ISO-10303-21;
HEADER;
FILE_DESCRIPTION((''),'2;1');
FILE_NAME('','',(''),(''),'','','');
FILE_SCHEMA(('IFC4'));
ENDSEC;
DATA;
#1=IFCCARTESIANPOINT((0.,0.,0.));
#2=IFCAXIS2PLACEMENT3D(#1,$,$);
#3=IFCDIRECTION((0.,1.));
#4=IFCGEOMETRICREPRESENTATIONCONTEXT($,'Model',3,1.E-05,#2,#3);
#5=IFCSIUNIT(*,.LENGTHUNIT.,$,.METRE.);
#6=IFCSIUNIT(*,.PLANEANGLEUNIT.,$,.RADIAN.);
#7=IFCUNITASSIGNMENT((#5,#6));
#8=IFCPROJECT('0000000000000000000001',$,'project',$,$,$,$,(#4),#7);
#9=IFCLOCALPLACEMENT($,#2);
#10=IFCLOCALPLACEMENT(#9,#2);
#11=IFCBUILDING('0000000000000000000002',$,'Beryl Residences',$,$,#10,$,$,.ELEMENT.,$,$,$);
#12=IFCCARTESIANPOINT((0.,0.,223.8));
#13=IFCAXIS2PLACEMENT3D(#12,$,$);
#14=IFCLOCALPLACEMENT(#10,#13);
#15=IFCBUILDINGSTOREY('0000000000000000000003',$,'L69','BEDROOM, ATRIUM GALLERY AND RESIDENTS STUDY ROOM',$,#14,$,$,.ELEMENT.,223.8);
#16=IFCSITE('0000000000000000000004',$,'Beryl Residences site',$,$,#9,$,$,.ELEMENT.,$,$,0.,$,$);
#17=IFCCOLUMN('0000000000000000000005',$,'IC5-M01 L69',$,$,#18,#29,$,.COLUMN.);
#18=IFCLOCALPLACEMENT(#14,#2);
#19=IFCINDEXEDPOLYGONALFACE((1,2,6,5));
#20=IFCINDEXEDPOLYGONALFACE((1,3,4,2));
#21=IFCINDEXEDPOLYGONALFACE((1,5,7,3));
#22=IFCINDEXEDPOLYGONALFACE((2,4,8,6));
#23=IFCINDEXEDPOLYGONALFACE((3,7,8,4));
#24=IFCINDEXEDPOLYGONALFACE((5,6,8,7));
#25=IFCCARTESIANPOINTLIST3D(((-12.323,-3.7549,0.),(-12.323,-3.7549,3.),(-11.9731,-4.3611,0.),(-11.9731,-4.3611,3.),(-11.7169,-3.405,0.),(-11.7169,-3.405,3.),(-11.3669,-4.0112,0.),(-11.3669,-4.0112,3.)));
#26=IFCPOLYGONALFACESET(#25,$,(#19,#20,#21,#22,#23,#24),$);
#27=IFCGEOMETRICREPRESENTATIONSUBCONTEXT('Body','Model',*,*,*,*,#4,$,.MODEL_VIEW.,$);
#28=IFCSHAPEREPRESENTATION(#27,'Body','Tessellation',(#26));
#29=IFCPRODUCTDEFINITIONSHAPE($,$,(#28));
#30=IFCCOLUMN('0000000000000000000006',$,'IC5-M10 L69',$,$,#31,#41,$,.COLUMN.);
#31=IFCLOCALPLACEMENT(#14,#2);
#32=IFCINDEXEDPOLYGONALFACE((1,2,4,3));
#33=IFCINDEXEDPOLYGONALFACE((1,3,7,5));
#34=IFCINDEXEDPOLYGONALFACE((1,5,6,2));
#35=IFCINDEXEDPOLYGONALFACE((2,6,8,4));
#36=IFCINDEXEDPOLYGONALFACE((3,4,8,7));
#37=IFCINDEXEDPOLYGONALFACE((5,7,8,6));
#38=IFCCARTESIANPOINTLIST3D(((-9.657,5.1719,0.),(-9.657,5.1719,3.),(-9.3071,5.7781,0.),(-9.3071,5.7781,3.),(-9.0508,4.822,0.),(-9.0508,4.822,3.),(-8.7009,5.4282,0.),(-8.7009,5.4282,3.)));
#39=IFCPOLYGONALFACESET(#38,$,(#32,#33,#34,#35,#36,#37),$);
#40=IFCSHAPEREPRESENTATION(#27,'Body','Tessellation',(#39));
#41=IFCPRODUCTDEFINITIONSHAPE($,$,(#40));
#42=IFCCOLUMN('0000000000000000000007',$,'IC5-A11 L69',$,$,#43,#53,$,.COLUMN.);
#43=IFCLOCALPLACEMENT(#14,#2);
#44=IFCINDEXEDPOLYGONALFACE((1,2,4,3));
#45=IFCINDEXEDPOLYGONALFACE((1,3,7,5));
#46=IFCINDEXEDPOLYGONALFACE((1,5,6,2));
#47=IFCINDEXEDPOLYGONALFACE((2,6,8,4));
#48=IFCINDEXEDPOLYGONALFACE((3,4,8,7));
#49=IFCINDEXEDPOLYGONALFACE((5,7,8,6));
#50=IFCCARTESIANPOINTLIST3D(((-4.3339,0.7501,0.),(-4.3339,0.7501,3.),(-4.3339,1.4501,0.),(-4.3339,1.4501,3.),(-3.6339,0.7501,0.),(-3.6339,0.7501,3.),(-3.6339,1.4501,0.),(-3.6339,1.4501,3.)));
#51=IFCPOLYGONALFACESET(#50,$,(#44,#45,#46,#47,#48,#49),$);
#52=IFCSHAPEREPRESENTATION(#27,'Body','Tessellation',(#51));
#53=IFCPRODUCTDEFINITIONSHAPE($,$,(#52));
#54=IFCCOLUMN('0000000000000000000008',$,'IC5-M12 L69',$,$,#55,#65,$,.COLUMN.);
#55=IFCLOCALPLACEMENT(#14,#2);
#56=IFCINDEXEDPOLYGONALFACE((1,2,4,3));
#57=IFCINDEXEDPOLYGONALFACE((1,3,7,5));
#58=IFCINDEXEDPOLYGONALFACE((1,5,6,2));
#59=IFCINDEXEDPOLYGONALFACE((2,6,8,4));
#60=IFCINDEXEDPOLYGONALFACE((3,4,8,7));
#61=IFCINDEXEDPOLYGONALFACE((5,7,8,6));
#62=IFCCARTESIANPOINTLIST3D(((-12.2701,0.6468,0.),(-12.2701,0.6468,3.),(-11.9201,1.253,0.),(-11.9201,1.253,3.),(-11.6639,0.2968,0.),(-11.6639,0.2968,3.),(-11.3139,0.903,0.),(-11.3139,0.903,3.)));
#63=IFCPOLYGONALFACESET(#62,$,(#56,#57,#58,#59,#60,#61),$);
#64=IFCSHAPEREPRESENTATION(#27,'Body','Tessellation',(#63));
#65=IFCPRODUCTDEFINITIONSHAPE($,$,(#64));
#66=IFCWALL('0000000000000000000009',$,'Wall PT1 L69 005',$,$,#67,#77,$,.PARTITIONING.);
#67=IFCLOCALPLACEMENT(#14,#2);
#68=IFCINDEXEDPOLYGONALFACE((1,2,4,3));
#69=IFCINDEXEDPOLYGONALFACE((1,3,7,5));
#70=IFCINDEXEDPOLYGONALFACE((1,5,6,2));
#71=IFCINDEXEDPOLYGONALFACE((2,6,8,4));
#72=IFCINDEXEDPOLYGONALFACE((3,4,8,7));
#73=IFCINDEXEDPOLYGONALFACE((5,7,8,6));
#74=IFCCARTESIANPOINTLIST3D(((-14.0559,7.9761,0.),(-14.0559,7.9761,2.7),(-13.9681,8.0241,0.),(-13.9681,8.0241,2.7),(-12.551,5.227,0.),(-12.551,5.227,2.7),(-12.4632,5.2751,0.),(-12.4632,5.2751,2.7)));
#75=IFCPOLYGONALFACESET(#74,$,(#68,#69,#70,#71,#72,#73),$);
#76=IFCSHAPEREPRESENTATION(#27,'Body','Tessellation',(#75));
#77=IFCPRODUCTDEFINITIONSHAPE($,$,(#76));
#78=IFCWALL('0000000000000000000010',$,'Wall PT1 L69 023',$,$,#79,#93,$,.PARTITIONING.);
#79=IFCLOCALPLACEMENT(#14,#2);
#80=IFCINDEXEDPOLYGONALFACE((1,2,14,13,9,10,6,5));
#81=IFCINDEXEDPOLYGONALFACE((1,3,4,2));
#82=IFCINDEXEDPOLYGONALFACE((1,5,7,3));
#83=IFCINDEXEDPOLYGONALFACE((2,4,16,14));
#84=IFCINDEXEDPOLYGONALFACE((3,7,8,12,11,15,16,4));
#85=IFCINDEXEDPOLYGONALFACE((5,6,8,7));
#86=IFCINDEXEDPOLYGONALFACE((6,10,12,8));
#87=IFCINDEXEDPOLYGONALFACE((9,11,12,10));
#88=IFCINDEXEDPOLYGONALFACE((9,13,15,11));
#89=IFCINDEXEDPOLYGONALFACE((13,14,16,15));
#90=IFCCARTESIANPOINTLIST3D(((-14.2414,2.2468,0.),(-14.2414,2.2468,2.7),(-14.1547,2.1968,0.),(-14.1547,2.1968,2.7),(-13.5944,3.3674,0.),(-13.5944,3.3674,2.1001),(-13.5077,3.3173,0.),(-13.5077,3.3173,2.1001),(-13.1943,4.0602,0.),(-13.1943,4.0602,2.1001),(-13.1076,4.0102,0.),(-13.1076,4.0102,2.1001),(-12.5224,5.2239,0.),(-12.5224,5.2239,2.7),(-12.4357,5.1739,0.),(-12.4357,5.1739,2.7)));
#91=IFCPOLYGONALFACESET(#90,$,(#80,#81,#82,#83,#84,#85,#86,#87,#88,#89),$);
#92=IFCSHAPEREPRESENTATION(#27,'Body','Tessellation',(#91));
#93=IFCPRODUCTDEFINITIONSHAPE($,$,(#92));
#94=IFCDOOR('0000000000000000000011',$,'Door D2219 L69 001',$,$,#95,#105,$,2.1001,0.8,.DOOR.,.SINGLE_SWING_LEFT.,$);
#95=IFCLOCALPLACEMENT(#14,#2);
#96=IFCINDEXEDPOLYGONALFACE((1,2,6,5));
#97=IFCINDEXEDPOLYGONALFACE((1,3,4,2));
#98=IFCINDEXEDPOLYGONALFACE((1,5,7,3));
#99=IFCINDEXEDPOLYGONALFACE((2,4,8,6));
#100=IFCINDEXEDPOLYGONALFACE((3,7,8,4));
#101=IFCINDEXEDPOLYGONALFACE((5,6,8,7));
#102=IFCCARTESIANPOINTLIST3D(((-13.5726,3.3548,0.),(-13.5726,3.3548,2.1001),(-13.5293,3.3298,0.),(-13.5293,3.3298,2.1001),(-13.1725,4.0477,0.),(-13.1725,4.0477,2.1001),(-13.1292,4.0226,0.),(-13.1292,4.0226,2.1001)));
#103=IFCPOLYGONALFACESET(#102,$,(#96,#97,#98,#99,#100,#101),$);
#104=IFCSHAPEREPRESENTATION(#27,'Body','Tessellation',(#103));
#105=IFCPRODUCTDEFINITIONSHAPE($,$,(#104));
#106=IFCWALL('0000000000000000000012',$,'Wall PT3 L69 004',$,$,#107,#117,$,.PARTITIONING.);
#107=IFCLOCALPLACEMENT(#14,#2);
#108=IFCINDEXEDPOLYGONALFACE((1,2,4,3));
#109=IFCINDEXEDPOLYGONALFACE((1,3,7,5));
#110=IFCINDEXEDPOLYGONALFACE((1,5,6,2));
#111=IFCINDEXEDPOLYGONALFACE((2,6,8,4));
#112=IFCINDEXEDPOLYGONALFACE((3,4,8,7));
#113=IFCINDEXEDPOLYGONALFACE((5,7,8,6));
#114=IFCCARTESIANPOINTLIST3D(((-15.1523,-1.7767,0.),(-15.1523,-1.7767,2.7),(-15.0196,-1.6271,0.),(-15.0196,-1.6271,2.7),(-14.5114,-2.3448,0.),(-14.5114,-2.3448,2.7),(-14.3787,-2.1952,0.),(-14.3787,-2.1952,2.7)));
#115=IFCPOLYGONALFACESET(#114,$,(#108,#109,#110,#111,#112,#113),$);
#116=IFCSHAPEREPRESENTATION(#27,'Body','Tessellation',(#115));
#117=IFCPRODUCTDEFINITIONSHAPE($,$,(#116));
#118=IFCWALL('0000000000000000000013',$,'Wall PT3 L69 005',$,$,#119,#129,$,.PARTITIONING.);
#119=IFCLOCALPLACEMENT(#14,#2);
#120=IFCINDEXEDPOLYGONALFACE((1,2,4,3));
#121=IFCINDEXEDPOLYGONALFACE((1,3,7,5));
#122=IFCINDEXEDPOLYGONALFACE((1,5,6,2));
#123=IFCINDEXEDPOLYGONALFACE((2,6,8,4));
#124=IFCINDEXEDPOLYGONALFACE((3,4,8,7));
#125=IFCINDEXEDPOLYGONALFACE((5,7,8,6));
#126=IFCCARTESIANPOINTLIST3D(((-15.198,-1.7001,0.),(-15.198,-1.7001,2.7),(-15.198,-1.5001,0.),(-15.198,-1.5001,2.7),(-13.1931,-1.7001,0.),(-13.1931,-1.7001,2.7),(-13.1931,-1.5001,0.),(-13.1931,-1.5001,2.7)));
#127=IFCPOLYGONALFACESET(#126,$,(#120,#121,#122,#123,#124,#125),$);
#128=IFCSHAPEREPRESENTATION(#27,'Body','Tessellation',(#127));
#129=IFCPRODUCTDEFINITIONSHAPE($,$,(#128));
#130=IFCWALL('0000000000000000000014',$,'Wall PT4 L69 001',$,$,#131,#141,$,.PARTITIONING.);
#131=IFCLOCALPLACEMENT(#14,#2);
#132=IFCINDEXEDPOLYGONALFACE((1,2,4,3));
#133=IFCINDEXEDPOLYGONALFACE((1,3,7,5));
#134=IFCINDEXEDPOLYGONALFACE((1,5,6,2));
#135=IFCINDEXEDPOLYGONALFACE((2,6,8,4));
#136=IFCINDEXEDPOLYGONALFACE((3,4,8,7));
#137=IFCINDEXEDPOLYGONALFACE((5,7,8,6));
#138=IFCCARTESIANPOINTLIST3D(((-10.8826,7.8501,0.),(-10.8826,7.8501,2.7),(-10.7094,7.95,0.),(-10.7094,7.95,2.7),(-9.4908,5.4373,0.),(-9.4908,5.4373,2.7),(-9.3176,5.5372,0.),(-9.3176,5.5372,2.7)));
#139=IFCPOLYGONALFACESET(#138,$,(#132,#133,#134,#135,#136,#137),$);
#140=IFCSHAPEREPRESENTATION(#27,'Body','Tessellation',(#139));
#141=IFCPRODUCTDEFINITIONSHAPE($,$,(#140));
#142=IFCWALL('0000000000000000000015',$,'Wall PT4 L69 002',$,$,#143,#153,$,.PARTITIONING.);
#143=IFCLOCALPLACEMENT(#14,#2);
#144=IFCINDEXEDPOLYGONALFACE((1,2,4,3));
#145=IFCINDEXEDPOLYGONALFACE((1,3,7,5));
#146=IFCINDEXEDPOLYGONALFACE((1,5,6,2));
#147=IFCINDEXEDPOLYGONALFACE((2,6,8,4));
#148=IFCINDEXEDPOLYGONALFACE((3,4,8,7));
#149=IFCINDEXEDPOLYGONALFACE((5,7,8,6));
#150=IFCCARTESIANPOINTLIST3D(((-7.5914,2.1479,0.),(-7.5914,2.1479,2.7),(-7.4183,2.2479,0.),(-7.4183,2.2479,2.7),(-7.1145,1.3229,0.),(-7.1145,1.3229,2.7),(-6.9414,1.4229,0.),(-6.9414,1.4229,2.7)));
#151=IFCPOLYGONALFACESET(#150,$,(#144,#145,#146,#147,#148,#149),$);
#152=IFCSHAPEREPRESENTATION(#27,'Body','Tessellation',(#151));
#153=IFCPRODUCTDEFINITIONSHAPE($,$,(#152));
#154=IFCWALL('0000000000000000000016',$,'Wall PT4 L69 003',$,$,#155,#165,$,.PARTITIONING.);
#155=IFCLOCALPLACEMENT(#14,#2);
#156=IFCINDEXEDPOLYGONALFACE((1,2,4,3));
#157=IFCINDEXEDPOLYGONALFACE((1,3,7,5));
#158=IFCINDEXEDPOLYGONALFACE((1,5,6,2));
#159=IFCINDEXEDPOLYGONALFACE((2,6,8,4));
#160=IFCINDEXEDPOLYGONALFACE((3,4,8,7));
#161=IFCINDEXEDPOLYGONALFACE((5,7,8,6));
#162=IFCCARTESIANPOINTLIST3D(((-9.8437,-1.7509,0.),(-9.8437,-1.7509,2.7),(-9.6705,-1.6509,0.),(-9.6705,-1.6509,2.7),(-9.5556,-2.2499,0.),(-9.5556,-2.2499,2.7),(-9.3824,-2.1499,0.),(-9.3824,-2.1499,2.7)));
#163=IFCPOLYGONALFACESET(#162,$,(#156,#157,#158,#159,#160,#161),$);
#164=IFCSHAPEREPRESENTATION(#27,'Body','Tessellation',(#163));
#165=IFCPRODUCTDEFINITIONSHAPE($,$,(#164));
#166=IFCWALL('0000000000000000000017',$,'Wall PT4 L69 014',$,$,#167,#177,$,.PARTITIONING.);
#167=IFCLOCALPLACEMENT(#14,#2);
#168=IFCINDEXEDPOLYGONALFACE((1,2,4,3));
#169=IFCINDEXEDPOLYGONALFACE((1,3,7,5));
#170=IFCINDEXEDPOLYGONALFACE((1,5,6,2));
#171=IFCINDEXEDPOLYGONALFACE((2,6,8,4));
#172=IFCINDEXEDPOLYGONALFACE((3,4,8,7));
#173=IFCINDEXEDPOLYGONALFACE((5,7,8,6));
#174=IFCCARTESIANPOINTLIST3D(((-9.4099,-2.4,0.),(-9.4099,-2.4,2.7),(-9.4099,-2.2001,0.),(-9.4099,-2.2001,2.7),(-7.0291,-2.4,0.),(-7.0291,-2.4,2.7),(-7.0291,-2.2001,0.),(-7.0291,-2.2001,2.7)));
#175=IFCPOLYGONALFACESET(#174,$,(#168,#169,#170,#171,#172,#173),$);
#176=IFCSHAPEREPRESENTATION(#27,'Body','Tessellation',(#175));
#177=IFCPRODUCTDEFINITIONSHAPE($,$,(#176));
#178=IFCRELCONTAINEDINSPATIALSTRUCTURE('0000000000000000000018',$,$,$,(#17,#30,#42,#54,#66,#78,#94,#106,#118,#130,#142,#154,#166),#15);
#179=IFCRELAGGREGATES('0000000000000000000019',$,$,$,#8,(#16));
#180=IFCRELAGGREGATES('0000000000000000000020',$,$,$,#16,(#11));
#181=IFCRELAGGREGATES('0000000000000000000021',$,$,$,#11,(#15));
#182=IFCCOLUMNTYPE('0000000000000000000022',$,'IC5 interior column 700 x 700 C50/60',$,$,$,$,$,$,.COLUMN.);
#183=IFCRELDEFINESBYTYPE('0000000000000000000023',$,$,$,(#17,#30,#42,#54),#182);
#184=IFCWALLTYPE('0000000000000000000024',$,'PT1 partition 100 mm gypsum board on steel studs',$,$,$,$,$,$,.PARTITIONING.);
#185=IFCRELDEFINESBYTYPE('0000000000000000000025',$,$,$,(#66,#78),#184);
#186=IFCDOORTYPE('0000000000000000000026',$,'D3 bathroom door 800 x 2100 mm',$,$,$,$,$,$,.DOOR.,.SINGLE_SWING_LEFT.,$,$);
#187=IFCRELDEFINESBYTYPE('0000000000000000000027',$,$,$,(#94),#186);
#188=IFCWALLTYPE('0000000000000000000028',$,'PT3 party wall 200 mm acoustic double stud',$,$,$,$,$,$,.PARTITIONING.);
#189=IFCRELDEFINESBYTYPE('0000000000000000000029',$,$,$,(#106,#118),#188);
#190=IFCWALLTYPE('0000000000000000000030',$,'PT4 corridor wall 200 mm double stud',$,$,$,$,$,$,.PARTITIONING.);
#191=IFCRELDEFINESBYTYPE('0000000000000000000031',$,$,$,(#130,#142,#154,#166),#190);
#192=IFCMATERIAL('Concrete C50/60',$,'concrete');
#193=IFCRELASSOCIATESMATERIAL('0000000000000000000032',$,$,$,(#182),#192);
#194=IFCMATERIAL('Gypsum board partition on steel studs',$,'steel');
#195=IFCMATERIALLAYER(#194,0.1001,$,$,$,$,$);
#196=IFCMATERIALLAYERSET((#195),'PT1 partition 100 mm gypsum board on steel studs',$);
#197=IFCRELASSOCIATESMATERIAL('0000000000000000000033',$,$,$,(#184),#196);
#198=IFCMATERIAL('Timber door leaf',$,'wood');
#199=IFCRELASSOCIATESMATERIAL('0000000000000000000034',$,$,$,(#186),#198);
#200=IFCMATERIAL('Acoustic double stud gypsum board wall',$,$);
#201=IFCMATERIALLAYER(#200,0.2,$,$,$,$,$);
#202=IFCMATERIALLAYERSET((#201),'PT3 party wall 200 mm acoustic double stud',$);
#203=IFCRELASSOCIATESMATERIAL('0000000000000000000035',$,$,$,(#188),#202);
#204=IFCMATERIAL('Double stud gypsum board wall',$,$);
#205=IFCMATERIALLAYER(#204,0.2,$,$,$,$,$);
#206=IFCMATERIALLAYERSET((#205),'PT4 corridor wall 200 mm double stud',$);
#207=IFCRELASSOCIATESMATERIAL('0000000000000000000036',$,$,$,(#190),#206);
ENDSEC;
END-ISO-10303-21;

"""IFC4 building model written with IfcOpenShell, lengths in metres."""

from ifc_helpers import new_model, si_unit, direction, frame, frame_2d, origin, origin_2d, place, context, subcontext, project, spatial, rectangle, extrude, material, layer, layer_set, material_profile, profile_set, type_object, element, fill, save


model = new_model("IFC4")

# Units and contexts
model_context = context("Model", 3, precision=1e-05, world=origin(), true_north=direction((0.0, 1.0)))
body_context = subcontext(model_context, "Body", "Model", "MODEL_VIEW")
ifc_project = project(units=[si_unit("LENGTHUNIT", "METRE"), si_unit("PLANEANGLEUNIT", "RADIAN")], contexts=[model_context])

# Site, building, storey
site_placement = place(None, origin())
site = spatial("IfcSite", under=ifc_project, at=site_placement, Name="Beryl Residences site", CompositionType="ELEMENT", RefElevation=0.0)
building_placement = place(site_placement, origin())
building = spatial("IfcBuilding", under=site, at=building_placement, Name="Beryl Residences", CompositionType="ELEMENT")
storey_placement = place(building_placement, frame((0.0, 0.0, 223.8)))
storey = spatial("IfcBuildingStorey", under=building, at=storey_placement, Name="L69", Description="BEDROOM, ATRIUM GALLERY AND RESIDENTS STUDY ROOM", CompositionType="ELEMENT", Elevation=223.8)

# Columns
ifc_material_1 = material(Name="Concrete C50/60", Category="concrete")
ifc_material_profile = material_profile(ifc_material_1, rectangle(XDim=0.7, YDim=0.7, at=origin_2d()))
ifc_profile_set = profile_set([ifc_material_profile], Name="Concrete C50/60")
column_type = type_object("IfcColumnType", Name="IC5 interior column 700 x 700 C50/60", PredefinedType="COLUMN", material=ifc_profile_set)
for number, where, z_axis, x_axis, name in (
    (1, (-11.845, -3.8831, 0.0), (0.0, 0.0, 1.0), (0.499985, -0.866034, 0.0), "IC5-M01 L69"),
    (2, (-9.179, 5.3, 0.0), (0.0, 0.0, 1.0), (-0.49997, -0.866043, 0.0), "IC5-M10 L69"),
    (3, (-3.9839, 1.1001, 0.0), (0.0, 0.0, 1.0), (1.0, 0.0, 0.0), "IC5-A11 L69"),
    (4, (-11.792, 0.7749, 0.0), (0.0, 0.0, 1.0), (-0.49997, -0.866043, 0.0), "IC5-M12 L69"),
):
    element("IfcColumn", number, at=place(storey_placement, frame(where, z_axis=z_axis, x_axis=x_axis)), inside=storey, type_object=column_type, Name=name, PredefinedType="COLUMN", context=body_context, shape_type="SweptSolid", body=[
        extrude(rectangle(XDim=0.7, YDim=0.7, at=origin_2d()), origin(), (0.0, 0.0, 1.0), 3.0),
    ])

# Wall
ifc_material_2 = material(Name="Gypsum board partition on steel studs", Category="steel")
ifc_layer_1 = layer(ifc_material_2, 0.1001)
ifc_layer_set_1 = layer_set([ifc_layer_1], Name="PT1 partition 100 mm gypsum board on steel studs")
wall_type_1 = type_object("IfcWallType", Name="PT1 partition 100 mm gypsum board on steel studs", PredefinedType="PARTITIONING", material=ifc_layer_set_1)
wall_1_placement = place(storey_placement, frame((-14.012, 8.0, 0.0), z_axis=(0.0, 0.0, 1.0), x_axis=(0.480183, -0.877168, 0.0)))
element("IfcWall", 5, at=wall_1_placement, inside=storey, type_object=wall_type_1, Name="Wall PT1 L69 005", PredefinedType="PARTITIONING", context=body_context, shape_type="SweptSolid", body=[
    extrude(rectangle(XDim=3.134, YDim=0.1001, at=frame_2d((1.5669, 0.0))), origin(), (0.0, 0.0, 1.0), 2.7),
])

# Wall, opening, door
wall_2_placement = place(storey_placement, frame((-14.198, 2.2219, 0.0), z_axis=(0.0, 0.0, 1.0), x_axis=(0.500042, 0.866001, 0.0)))
wall_2 = element("IfcWall", 6, at=wall_2_placement, inside=storey, type_object=wall_type_1, Name="Wall PT1 L69 023", PredefinedType="PARTITIONING", context=body_context, shape_type="SweptSolid", body=[
    extrude(rectangle(XDim=3.4377, YDim=0.1001, at=frame_2d((1.7188, 0.0))), origin(), (0.0, 0.0, 1.0), 2.7),
])
opening_1_placement = place(wall_2_placement, frame((1.2939, 0.0, 0.0)))
opening_1 = element("IfcOpeningElement", 7, at=opening_1_placement, cuts=wall_2, PredefinedType="OPENING", context=body_context, shape_type="SweptSolid", body=[
    extrude(rectangle(XDim=0.8, YDim=2.1001, at=frame_2d((0.3999, 1.05))), frame((0.0, 0.0601, 0.0), z_axis=(0.0, -1.0, 0.0), x_axis=(1.0, 0.0, 0.0)), (0.0, 0.0, 1.0), 0.1201),
])
ifc_material_3 = material(Name="Timber door leaf", Category="wood")
door_type_1 = type_object("IfcDoorType", Name="D3 bathroom door 800 x 2100 mm", OperationType="SINGLE_SWING_LEFT", PredefinedType="DOOR", material=ifc_material_3)
door_1_placement = place(opening_1_placement, origin())
door_1 = element("IfcDoor", 8, at=door_1_placement, inside=storey, type_object=door_type_1, Name="Door D2219 L69 001", OperationType="SINGLE_SWING_LEFT", OverallHeight=2.1001, OverallWidth=0.8, PredefinedType="DOOR", context=body_context, shape_type="SweptSolid", body=[
    extrude(rectangle(XDim=0.8, YDim=2.1001, at=frame_2d((0.3999, 1.05))), frame((0.0, 0.0249, 0.0), z_axis=(0.0, -1.0, 0.0), x_axis=(1.0, 0.0, 0.0)), (0.0, 0.0, 1.0), 0.05),
])
fill(opening_1, door_1)

# Walls
ifc_material_4 = material(Name="Acoustic double stud gypsum board wall")
ifc_layer_2 = layer(ifc_material_4, 0.2)
ifc_layer_set_2 = layer_set([ifc_layer_2], Name="PT3 party wall 200 mm acoustic double stud")
wall_type_2 = type_object("IfcWallType", Name="PT3 party wall 200 mm acoustic double stud", PredefinedType="PARTITIONING", material=ifc_layer_set_2)
wall_3_placement = place(storey_placement, frame((-15.0859, -1.7019, 0.0), z_axis=(0.0, 0.0, 1.0), x_axis=(0.748305, -0.663355, 0.0)))
element("IfcWall", 9, at=wall_3_placement, inside=storey, type_object=wall_type_2, Name="Wall PT3 L69 004", PredefinedType="PARTITIONING", context=body_context, shape_type="SweptSolid", body=[
    extrude(rectangle(XDim=0.8564, YDim=0.2, at=frame_2d((0.4282, 0.0))), origin(), (0.0, 0.0, 1.0), 2.7),
])
wall_4_placement = place(storey_placement, frame((-15.198, -1.6001, 0.0), z_axis=(0.0, 0.0, 1.0), x_axis=(1.0, 0.0, 0.0)))
element("IfcWall", 10, at=wall_4_placement, inside=storey, type_object=wall_type_2, Name="Wall PT3 L69 005", PredefinedType="PARTITIONING", context=body_context, shape_type="SweptSolid", body=[
    extrude(rectangle(XDim=2.0049, YDim=0.2, at=frame_2d((1.0024, 0.0))), origin(), (0.0, 0.0, 1.0), 2.7),
])
ifc_material_5 = material(Name="Double stud gypsum board wall")
ifc_layer_3 = layer(ifc_material_5, 0.2)
ifc_layer_set_3 = layer_set([ifc_layer_3], Name="PT4 corridor wall 200 mm double stud")
wall_type_3 = type_object("IfcWallType", Name="PT4 corridor wall 200 mm double stud", PredefinedType="PARTITIONING", material=ifc_layer_set_3)
wall_5_placement = place(storey_placement, frame((-10.7959, 7.8999, 0.0), z_axis=(0.0, 0.0, 1.0), x_axis=(0.499674, -0.866213, 0.0)))
element("IfcWall", 11, at=wall_5_placement, inside=storey, type_object=wall_type_3, Name="Wall PT4 L69 001", PredefinedType="PARTITIONING", context=body_context, shape_type="SweptSolid", body=[
    extrude(rectangle(XDim=2.7854, YDim=0.2, at=frame_2d((1.3926, 0.0))), origin(), (0.0, 0.0, 1.0), 2.7),
])
wall_6_placement = place(storey_placement, frame((-7.5049, 2.198, 0.0), z_axis=(0.0, 0.0, 1.0), x_axis=(0.50041, -0.865789, 0.0)))
element("IfcWall", 12, at=wall_6_placement, inside=storey, type_object=wall_type_3, Name="Wall PT4 L69 002", PredefinedType="PARTITIONING", context=body_context, shape_type="SweptSolid", body=[
    extrude(rectangle(XDim=0.9529, YDim=0.2, at=frame_2d((0.4766, 0.0))), origin(), (0.0, 0.0, 1.0), 2.7),
])
wall_7_placement = place(storey_placement, frame((-9.7571, -1.7009, 0.0), z_axis=(0.0, 0.0, 1.0), x_axis=(0.499967, -0.866044, 0.0)))
element("IfcWall", 13, at=wall_7_placement, inside=storey, type_object=wall_type_3, Name="Wall PT4 L69 003", PredefinedType="PARTITIONING", context=body_context, shape_type="SweptSolid", body=[
    extrude(rectangle(XDim=0.5762, YDim=0.2, at=frame_2d((0.2881, 0.0))), origin(), (0.0, 0.0, 1.0), 2.7),
])
wall_8_placement = place(storey_placement, frame((-9.4099, -2.3, 0.0), z_axis=(0.0, 0.0, 1.0), x_axis=(1.0, 0.0, 0.0)))
element("IfcWall", 14, at=wall_8_placement, inside=storey, type_object=wall_type_3, Name="Wall PT4 L69 014", PredefinedType="PARTITIONING", context=body_context, shape_type="SweptSolid", body=[
    extrude(rectangle(XDim=2.3809, YDim=0.2, at=frame_2d((1.1904, 0.0))), origin(), (0.0, 0.0, 1.0), 2.7),
])

save(model, "model.ifc")
